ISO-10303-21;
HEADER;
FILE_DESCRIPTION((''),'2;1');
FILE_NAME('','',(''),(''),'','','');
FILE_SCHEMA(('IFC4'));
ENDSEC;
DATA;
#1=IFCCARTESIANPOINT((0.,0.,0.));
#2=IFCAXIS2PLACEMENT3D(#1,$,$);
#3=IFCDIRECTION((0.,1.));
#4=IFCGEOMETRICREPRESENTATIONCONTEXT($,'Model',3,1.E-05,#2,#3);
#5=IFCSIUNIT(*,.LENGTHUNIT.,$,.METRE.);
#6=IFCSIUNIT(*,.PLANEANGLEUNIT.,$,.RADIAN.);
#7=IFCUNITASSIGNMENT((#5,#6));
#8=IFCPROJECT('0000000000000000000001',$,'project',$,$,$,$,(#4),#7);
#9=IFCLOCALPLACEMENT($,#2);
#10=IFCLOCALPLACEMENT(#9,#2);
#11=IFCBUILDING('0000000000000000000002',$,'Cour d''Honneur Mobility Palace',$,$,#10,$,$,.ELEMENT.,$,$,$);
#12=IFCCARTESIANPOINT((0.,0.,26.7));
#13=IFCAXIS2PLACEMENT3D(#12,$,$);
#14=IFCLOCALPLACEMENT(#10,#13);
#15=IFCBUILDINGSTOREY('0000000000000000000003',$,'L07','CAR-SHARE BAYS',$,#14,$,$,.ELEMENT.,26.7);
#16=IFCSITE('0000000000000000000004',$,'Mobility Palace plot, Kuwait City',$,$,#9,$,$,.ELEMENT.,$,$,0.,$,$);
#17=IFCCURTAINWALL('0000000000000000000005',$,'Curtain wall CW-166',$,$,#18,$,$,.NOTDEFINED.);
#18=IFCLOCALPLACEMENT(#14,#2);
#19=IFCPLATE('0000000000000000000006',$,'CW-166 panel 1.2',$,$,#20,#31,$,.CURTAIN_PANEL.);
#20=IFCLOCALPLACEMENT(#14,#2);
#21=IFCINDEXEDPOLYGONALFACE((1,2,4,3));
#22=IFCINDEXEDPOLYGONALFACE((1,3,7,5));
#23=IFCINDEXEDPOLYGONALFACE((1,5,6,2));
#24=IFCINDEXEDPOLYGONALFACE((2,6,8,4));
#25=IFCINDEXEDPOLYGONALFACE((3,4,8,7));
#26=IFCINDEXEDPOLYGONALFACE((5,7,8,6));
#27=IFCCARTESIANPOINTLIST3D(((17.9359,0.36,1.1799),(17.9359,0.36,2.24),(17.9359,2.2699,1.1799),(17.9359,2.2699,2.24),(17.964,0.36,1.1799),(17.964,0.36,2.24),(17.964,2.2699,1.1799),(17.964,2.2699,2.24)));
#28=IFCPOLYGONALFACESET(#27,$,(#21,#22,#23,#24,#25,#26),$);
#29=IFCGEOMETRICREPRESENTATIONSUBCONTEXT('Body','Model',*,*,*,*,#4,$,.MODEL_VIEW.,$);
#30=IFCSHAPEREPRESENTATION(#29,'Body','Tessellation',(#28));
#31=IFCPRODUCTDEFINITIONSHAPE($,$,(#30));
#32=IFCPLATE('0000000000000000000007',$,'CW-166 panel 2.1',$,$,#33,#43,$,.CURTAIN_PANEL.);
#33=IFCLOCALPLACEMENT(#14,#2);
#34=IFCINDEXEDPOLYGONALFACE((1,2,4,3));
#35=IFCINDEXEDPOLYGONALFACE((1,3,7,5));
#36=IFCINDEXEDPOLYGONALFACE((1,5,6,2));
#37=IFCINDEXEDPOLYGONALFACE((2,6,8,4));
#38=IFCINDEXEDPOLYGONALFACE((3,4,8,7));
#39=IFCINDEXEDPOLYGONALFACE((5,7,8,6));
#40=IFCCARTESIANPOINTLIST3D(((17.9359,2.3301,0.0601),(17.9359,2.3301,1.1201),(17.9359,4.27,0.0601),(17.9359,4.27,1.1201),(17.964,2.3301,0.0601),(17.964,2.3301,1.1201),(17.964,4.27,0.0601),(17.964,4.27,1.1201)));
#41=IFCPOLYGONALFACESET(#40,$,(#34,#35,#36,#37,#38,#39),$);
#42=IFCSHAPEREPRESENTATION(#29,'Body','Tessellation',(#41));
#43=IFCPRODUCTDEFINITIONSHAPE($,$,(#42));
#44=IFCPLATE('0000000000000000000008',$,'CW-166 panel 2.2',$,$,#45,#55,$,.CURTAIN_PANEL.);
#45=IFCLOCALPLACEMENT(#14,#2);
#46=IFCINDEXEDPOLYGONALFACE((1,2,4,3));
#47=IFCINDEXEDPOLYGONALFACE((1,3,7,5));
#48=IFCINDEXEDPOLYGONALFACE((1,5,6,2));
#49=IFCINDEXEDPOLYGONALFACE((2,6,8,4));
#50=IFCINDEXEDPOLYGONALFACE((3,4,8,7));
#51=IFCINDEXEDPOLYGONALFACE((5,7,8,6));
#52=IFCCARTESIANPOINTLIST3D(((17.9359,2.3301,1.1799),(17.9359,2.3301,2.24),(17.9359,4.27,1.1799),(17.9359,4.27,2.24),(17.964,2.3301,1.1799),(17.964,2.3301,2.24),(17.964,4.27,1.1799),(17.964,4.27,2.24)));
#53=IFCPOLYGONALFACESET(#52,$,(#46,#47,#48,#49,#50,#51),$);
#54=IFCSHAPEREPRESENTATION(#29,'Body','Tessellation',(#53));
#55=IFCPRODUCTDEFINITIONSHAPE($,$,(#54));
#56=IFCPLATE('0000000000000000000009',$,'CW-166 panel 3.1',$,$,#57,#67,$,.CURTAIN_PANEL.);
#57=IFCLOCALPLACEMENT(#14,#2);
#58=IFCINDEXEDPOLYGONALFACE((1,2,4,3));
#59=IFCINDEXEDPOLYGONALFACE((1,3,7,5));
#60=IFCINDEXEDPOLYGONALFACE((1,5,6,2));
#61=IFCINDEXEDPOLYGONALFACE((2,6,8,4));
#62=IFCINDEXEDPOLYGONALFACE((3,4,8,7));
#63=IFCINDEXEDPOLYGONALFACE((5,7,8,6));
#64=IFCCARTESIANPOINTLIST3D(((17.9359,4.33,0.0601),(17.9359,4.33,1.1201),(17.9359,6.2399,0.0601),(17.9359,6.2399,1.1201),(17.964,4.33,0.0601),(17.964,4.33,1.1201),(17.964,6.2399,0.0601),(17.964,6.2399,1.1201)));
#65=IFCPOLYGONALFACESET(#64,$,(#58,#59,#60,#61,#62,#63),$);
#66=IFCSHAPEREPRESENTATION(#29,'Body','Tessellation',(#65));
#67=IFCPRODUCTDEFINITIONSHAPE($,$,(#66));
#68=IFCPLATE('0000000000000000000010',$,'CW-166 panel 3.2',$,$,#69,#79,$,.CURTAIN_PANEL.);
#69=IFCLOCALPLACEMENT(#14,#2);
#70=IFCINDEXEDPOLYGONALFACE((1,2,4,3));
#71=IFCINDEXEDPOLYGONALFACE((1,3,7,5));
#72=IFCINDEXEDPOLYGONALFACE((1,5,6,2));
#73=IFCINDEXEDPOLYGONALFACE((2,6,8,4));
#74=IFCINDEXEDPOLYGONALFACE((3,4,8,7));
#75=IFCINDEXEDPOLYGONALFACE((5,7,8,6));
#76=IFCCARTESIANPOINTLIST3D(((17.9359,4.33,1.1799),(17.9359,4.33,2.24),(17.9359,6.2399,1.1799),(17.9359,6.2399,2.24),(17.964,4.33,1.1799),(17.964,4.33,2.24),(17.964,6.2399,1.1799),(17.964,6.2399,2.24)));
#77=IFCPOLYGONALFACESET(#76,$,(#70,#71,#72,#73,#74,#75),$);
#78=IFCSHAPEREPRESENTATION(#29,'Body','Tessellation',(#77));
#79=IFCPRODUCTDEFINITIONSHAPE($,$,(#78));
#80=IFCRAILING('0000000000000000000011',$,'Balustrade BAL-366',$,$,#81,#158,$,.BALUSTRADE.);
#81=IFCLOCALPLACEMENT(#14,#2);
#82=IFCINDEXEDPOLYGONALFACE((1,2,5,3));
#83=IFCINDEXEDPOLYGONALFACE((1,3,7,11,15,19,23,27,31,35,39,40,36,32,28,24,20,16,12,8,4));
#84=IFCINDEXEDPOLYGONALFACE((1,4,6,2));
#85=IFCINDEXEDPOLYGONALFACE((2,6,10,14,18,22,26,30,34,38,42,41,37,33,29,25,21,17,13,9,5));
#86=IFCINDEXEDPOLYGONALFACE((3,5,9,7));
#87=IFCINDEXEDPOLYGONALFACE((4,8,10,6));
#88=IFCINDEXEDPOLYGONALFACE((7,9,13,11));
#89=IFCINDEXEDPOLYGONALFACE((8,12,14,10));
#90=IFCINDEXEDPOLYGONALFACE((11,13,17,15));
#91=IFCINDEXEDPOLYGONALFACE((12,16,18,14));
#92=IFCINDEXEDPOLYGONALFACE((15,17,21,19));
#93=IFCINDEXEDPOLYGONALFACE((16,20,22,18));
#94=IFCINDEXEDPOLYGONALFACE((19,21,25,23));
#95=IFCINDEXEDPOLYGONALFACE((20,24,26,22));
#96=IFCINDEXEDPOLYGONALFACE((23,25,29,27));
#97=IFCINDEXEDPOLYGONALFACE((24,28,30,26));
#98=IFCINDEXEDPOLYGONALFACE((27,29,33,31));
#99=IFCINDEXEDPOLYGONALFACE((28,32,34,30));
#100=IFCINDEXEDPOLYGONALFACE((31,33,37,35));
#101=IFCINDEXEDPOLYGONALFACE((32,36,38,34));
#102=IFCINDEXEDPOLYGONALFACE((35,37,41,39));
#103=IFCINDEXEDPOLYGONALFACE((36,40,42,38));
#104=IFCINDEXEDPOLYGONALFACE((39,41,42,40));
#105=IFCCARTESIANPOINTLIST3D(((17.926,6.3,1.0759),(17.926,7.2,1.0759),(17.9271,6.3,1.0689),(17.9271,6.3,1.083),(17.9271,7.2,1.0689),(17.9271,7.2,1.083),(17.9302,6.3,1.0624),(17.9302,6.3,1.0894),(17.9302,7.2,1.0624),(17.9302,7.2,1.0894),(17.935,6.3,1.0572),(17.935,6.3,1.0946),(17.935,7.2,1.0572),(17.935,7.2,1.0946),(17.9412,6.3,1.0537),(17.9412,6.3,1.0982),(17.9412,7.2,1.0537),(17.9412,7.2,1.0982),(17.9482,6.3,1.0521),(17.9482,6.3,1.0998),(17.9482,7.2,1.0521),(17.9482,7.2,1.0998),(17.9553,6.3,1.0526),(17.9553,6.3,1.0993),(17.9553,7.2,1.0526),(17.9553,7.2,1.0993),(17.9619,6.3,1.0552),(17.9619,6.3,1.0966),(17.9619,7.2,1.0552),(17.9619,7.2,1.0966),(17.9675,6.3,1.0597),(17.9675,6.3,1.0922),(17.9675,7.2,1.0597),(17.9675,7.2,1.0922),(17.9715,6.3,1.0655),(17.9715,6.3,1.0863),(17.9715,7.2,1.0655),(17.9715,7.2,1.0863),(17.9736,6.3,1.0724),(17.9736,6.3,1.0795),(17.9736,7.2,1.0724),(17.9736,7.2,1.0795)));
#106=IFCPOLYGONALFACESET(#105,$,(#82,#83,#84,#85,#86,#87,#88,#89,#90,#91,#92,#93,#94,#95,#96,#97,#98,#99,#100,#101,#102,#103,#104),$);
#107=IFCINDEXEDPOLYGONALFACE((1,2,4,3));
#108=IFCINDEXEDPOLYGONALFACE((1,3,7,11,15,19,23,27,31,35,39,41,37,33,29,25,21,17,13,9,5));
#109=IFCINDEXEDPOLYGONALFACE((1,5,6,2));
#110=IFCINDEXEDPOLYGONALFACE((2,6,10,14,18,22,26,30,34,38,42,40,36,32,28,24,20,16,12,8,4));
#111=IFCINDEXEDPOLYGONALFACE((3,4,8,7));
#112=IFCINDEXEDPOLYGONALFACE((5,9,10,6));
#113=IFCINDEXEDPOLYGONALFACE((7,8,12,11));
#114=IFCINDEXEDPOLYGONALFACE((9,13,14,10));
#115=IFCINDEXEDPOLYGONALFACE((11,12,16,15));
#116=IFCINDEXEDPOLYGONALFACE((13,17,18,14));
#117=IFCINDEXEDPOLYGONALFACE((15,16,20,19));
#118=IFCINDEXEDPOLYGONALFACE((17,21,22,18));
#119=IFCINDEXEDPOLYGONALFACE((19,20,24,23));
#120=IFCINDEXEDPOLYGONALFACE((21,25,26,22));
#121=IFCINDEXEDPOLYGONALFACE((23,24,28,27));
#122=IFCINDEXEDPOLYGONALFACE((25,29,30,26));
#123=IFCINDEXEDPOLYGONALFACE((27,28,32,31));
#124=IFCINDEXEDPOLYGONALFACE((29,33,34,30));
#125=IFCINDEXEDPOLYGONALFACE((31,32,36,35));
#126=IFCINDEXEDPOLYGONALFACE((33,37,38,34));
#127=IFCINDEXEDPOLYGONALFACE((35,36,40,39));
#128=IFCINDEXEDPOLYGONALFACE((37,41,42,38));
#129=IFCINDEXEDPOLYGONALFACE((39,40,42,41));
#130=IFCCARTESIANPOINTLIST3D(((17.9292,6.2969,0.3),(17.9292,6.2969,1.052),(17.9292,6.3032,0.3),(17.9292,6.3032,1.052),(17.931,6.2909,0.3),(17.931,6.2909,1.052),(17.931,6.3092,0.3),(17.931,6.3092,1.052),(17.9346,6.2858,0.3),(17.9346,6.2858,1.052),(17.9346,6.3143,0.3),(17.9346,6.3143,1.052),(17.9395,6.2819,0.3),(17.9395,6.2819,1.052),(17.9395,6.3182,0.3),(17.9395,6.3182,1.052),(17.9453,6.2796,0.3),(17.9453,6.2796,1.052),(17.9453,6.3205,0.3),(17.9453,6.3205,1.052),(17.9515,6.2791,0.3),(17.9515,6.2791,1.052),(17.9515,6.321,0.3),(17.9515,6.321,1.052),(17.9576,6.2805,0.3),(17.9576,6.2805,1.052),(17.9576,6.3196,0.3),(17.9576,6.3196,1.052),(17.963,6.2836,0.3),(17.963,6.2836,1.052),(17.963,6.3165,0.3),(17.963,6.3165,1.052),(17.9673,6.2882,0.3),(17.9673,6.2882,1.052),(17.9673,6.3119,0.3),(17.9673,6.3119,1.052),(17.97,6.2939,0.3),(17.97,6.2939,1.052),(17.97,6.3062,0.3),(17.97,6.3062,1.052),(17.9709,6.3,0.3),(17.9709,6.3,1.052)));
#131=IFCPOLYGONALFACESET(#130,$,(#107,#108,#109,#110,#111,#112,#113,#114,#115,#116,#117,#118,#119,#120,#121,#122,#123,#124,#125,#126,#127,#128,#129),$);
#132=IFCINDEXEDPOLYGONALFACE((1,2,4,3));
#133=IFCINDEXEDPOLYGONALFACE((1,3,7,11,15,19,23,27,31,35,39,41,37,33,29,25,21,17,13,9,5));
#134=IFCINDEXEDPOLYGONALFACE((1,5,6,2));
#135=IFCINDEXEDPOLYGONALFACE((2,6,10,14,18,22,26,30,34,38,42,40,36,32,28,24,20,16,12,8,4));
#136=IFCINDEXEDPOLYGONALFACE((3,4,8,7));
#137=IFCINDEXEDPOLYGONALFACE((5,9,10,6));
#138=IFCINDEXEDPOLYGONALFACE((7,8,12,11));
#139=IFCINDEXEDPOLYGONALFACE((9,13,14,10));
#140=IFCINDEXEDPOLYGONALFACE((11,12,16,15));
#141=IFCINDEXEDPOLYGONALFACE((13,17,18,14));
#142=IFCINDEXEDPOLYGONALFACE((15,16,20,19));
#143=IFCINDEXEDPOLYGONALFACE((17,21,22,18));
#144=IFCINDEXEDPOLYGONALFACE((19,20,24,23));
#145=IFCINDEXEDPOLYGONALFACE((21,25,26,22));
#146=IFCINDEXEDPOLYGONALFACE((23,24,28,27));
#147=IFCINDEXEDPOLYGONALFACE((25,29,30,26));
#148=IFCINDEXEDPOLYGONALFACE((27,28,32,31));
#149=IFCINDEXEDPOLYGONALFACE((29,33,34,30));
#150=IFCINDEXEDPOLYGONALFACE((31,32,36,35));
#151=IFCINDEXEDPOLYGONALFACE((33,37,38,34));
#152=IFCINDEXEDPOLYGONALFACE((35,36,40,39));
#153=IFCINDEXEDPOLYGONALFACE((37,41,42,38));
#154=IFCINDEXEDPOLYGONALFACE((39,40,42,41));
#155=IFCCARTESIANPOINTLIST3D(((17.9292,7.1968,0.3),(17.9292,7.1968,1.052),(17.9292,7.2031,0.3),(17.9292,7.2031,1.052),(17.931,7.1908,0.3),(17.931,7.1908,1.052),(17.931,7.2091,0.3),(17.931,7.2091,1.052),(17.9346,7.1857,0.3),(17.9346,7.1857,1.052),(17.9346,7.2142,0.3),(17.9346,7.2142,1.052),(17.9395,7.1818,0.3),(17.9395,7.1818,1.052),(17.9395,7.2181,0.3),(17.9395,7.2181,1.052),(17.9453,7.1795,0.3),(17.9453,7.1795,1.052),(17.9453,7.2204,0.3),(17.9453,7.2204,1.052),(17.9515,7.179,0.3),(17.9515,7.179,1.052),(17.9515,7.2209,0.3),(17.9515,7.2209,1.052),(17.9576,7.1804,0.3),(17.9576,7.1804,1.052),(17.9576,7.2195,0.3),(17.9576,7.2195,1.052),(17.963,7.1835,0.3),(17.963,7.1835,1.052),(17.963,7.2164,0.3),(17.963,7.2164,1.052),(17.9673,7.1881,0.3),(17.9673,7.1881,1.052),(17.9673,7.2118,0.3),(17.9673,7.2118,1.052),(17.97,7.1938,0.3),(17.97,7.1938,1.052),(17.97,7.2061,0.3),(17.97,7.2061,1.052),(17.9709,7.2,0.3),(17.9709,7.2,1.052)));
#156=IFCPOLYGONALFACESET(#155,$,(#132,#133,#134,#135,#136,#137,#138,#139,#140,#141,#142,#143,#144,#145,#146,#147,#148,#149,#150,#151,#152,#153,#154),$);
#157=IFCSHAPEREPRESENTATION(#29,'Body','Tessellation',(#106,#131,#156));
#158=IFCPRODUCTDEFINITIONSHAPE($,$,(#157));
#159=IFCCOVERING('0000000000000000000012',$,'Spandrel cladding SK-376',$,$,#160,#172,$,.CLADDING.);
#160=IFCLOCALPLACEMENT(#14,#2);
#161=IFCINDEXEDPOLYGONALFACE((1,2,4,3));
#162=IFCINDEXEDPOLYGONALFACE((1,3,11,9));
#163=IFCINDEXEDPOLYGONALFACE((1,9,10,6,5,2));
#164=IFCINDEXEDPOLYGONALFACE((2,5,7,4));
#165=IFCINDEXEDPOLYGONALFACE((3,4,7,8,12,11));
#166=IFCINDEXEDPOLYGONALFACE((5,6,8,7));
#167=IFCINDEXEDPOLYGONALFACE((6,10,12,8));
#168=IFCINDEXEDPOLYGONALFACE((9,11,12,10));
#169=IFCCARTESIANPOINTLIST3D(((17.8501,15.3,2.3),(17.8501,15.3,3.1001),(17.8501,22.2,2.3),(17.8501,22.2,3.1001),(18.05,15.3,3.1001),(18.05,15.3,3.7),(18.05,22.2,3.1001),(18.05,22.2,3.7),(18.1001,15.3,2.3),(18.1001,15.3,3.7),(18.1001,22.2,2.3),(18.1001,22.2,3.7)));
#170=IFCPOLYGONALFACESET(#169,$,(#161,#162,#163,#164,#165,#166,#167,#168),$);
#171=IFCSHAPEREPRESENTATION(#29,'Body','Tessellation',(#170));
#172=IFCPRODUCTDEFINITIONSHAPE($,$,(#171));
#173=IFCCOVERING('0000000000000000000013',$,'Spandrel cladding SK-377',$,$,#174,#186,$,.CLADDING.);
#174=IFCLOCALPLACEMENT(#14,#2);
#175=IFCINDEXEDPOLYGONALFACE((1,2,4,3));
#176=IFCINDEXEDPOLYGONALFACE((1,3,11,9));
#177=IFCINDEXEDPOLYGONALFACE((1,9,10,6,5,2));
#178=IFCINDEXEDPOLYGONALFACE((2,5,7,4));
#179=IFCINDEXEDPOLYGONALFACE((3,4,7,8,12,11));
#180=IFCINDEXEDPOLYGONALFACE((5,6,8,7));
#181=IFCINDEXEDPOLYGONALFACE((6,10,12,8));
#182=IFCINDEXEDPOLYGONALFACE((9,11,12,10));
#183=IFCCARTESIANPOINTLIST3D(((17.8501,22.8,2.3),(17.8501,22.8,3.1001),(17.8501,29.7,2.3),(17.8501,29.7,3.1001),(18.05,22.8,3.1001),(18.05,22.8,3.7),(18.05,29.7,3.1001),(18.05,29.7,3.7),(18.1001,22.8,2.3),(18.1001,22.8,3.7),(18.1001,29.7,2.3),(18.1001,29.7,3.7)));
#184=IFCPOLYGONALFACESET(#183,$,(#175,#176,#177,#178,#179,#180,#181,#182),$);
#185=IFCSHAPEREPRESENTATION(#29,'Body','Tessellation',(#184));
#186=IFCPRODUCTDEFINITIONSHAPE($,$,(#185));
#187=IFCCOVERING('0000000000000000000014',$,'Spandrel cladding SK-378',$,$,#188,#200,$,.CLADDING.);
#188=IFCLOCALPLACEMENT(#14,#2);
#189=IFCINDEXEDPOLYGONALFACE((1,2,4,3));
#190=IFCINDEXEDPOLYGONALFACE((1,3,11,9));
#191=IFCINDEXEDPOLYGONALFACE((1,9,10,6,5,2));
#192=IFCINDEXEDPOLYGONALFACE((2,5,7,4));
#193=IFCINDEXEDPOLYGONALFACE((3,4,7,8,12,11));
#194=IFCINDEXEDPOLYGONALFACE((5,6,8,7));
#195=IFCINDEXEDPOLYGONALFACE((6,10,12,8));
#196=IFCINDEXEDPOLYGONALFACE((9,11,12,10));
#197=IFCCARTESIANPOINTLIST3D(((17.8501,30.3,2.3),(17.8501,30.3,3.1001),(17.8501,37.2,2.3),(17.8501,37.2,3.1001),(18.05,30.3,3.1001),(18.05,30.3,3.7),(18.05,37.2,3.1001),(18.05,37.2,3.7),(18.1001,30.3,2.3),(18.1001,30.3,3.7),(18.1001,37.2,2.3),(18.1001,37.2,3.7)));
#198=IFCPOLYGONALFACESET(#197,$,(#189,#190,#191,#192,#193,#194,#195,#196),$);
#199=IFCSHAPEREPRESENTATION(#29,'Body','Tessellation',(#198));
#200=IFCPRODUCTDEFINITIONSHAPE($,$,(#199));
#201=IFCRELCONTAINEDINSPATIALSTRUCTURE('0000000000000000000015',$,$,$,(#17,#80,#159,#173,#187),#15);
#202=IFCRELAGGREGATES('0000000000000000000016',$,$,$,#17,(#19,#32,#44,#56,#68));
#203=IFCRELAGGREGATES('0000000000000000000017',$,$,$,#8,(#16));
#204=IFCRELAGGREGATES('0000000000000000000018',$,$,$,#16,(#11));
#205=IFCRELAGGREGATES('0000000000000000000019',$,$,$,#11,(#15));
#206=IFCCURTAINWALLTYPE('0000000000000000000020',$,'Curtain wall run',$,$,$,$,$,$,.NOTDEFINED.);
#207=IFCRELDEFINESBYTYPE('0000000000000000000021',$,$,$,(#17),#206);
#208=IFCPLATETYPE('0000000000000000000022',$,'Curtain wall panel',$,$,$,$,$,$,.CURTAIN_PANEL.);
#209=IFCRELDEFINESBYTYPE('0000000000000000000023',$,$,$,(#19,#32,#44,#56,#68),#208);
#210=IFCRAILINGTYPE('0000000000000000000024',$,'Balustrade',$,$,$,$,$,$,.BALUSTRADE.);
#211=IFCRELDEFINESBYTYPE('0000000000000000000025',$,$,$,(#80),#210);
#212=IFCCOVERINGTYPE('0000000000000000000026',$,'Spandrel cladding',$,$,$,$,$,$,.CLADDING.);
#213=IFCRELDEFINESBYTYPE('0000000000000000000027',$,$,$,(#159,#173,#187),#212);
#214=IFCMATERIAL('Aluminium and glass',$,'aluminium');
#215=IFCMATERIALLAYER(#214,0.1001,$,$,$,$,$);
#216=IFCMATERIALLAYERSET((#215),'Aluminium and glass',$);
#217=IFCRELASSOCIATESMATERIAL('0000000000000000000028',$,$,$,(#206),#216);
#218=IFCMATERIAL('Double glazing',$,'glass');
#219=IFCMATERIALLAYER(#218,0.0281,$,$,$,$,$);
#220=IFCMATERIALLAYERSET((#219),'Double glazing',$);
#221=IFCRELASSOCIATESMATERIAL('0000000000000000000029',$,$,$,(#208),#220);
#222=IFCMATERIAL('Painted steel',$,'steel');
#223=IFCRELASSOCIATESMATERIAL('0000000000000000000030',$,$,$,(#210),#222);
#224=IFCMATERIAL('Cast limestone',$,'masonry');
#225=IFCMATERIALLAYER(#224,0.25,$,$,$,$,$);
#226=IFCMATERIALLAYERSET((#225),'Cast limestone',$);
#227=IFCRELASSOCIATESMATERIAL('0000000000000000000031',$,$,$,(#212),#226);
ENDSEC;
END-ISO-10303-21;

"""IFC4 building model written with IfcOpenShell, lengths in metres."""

from ifc_helpers import new_model, si_unit, direction, frame, origin, origin_2d, place, context, subcontext, project, spatial, polyline, rectangle, circle, outline, extrude, material, layer, layer_set, type_object, element, aggregate, save


model = new_model("IFC4")

# Units and contexts
model_context = context("Model", 3, precision=1e-05, world=origin(), true_north=direction((0.0, 1.0)))
body_context = subcontext(model_context, "Body", "Model", "MODEL_VIEW")
ifc_project = project(units=[si_unit("LENGTHUNIT", "METRE"), si_unit("PLANEANGLEUNIT", "RADIAN")], contexts=[model_context])

# Site, building, storey
site_placement = place(None, origin())
site = spatial("IfcSite", under=ifc_project, at=site_placement, Name="Mobility Palace plot, Kuwait City", CompositionType="ELEMENT", RefElevation=0.0)
building_placement = place(site_placement, origin())
building = spatial("IfcBuilding", under=site, at=building_placement, Name="Cour d'Honneur Mobility Palace", CompositionType="ELEMENT")
storey_placement = place(building_placement, frame((0.0, 0.0, 26.7)))
storey = spatial("IfcBuildingStorey", under=building, at=storey_placement, Name="L07", Description="CAR-SHARE BAYS", CompositionType="ELEMENT", Elevation=26.7)

# Curtain wall, plates
ifc_material_1 = material(Name="Aluminium and glass", Category="aluminium")
ifc_layer_1 = layer(ifc_material_1, 0.1001)
ifc_layer_set_1 = layer_set([ifc_layer_1], Name="Aluminium and glass")
curtain_wall_type = type_object("IfcCurtainWallType", Name="Curtain wall run", PredefinedType="NOTDEFINED", material=ifc_layer_set_1)
curtain_wall_placement = place(storey_placement, origin())
curtain_wall = element("IfcCurtainWall", 1, at=curtain_wall_placement, inside=storey, type_object=curtain_wall_type, Name="Curtain wall CW-166", PredefinedType="NOTDEFINED")
ifc_material_2 = material(Name="Double glazing", Category="glass")
ifc_layer_2 = layer(ifc_material_2, 0.0281)
ifc_layer_set_2 = layer_set([ifc_layer_2], Name="Double glazing")
plate_type = type_object("IfcPlateType", Name="Curtain wall panel", PredefinedType="CURTAIN_PANEL", material=ifc_layer_set_2)
plate_1_placement = place(storey_placement, frame((17.95, 1.3149, 1.1799), z_axis=(0.0, 0.0, 1.0), x_axis=(0.0, 1.0, 0.0)))
plate_1 = element("IfcPlate", 2, at=plate_1_placement, type_object=plate_type, Name="CW-166 panel 1.2", PredefinedType="CURTAIN_PANEL", context=body_context, shape_type="SweptSolid", body=[
    extrude(rectangle(XDim=1.9099, YDim=0.0281, at=origin_2d()), origin(), (0.0, 0.0, 1.0), 1.0601),
])
plate_2_placement = place(storey_placement, frame((17.95, 3.3, 0.0601), z_axis=(0.0, 0.0, 1.0), x_axis=(0.0, 1.0, 0.0)))
plate_2 = element("IfcPlate", 3, at=plate_2_placement, type_object=plate_type, Name="CW-166 panel 2.1", PredefinedType="CURTAIN_PANEL", context=body_context, shape_type="SweptSolid", body=[
    extrude(rectangle(XDim=1.9399, YDim=0.0281, at=origin_2d()), origin(), (0.0, 0.0, 1.0), 1.0601),
])
plate_3_placement = place(storey_placement, frame((17.95, 3.3, 1.1799), z_axis=(0.0, 0.0, 1.0), x_axis=(0.0, 1.0, 0.0)))
plate_3 = element("IfcPlate", 4, at=plate_3_placement, type_object=plate_type, Name="CW-166 panel 2.2", PredefinedType="CURTAIN_PANEL", context=body_context, shape_type="SweptSolid", body=[
    extrude(rectangle(XDim=1.9399, YDim=0.0281, at=origin_2d()), origin(), (0.0, 0.0, 1.0), 1.0601),
])
plate_4_placement = place(storey_placement, frame((17.95, 5.2849, 0.0601), z_axis=(0.0, 0.0, 1.0), x_axis=(0.0, 1.0, 0.0)))
plate_4 = element("IfcPlate", 5, at=plate_4_placement, type_object=plate_type, Name="CW-166 panel 3.1", PredefinedType="CURTAIN_PANEL", context=body_context, shape_type="SweptSolid", body=[
    extrude(rectangle(XDim=1.9099, YDim=0.0281, at=origin_2d()), origin(), (0.0, 0.0, 1.0), 1.0601),
])
plate_5_placement = place(storey_placement, frame((17.95, 5.2849, 1.1799), z_axis=(0.0, 0.0, 1.0), x_axis=(0.0, 1.0, 0.0)))
plate_5 = element("IfcPlate", 6, at=plate_5_placement, type_object=plate_type, Name="CW-166 panel 3.2", PredefinedType="CURTAIN_PANEL", context=body_context, shape_type="SweptSolid", body=[
    extrude(rectangle(XDim=1.9099, YDim=0.0281, at=origin_2d()), origin(), (0.0, 0.0, 1.0), 1.0601),
])
aggregate(curtain_wall, [plate_1, plate_2, plate_3, plate_4, plate_5])

# Railing
ifc_material_3 = material(Name="Painted steel", Category="steel")
railing_type = type_object("IfcRailingType", Name="Balustrade", PredefinedType="BALUSTRADE", material=ifc_material_3)
railing_placement = place(storey_placement, frame((17.95, 6.3, 0.3)))
element("IfcRailing", 7, at=railing_placement, inside=storey, type_object=railing_type, Name="Balustrade BAL-366", PredefinedType="BALUSTRADE", context=body_context, shape_type="SweptSolid", body=[
    extrude(circle(Radius=0.0239, at=origin_2d()), frame((0.0, 0.0, 0.7759), z_axis=(0.0, 1.0, 0.0), x_axis=(-1.0, 0.0, 0.0)), (0.0, 0.0, 1.0), 0.8999),
    extrude(circle(Radius=0.021, at=origin_2d()), origin(), (0.0, 0.0, 1.0), 0.752),
    extrude(circle(Radius=0.021, at=origin_2d()), frame((0.0, 0.8999, 0.0)), (0.0, 0.0, 1.0), 0.752),
])

# Coverings
ifc_material_4 = material(Name="Cast limestone", Category="masonry")
ifc_layer_3 = layer(ifc_material_4, 0.25)
ifc_layer_set_3 = layer_set([ifc_layer_3], Name="Cast limestone")
covering_type = type_object("IfcCoveringType", Name="Spandrel cladding", PredefinedType="CLADDING", material=ifc_layer_set_3)
for number, where, z_axis, x_axis, name in (
    (8, (17.8501, 15.3, 2.3), (0.0, -1.0, 0.0), (1.0, 0.0, 0.0), "Spandrel cladding SK-376"),
    (9, (17.8501, 22.8, 2.3), (0.0, -1.0, 0.0), (1.0, 0.0, 0.0), "Spandrel cladding SK-377"),
    (10, (17.8501, 30.3, 2.3), (0.0, -1.0, 0.0), (1.0, 0.0, 0.0), "Spandrel cladding SK-378"),
):
    element("IfcCovering", number, at=place(storey_placement, frame(where, z_axis=z_axis, x_axis=x_axis)), inside=storey, type_object=covering_type, Name=name, PredefinedType="CLADDING", context=body_context, shape_type="SweptSolid", body=[
        extrude(outline(polyline([(0.0, 0.0), (0.25, 0.0), (0.25, 1.3999), (0.2, 1.3999), (0.2, 0.8), (0.0, 0.8), (0.0, 0.0)])), origin(), (0.0, 0.0, -1.0), 6.8999),
    ])

save(model, "model.ifc")
